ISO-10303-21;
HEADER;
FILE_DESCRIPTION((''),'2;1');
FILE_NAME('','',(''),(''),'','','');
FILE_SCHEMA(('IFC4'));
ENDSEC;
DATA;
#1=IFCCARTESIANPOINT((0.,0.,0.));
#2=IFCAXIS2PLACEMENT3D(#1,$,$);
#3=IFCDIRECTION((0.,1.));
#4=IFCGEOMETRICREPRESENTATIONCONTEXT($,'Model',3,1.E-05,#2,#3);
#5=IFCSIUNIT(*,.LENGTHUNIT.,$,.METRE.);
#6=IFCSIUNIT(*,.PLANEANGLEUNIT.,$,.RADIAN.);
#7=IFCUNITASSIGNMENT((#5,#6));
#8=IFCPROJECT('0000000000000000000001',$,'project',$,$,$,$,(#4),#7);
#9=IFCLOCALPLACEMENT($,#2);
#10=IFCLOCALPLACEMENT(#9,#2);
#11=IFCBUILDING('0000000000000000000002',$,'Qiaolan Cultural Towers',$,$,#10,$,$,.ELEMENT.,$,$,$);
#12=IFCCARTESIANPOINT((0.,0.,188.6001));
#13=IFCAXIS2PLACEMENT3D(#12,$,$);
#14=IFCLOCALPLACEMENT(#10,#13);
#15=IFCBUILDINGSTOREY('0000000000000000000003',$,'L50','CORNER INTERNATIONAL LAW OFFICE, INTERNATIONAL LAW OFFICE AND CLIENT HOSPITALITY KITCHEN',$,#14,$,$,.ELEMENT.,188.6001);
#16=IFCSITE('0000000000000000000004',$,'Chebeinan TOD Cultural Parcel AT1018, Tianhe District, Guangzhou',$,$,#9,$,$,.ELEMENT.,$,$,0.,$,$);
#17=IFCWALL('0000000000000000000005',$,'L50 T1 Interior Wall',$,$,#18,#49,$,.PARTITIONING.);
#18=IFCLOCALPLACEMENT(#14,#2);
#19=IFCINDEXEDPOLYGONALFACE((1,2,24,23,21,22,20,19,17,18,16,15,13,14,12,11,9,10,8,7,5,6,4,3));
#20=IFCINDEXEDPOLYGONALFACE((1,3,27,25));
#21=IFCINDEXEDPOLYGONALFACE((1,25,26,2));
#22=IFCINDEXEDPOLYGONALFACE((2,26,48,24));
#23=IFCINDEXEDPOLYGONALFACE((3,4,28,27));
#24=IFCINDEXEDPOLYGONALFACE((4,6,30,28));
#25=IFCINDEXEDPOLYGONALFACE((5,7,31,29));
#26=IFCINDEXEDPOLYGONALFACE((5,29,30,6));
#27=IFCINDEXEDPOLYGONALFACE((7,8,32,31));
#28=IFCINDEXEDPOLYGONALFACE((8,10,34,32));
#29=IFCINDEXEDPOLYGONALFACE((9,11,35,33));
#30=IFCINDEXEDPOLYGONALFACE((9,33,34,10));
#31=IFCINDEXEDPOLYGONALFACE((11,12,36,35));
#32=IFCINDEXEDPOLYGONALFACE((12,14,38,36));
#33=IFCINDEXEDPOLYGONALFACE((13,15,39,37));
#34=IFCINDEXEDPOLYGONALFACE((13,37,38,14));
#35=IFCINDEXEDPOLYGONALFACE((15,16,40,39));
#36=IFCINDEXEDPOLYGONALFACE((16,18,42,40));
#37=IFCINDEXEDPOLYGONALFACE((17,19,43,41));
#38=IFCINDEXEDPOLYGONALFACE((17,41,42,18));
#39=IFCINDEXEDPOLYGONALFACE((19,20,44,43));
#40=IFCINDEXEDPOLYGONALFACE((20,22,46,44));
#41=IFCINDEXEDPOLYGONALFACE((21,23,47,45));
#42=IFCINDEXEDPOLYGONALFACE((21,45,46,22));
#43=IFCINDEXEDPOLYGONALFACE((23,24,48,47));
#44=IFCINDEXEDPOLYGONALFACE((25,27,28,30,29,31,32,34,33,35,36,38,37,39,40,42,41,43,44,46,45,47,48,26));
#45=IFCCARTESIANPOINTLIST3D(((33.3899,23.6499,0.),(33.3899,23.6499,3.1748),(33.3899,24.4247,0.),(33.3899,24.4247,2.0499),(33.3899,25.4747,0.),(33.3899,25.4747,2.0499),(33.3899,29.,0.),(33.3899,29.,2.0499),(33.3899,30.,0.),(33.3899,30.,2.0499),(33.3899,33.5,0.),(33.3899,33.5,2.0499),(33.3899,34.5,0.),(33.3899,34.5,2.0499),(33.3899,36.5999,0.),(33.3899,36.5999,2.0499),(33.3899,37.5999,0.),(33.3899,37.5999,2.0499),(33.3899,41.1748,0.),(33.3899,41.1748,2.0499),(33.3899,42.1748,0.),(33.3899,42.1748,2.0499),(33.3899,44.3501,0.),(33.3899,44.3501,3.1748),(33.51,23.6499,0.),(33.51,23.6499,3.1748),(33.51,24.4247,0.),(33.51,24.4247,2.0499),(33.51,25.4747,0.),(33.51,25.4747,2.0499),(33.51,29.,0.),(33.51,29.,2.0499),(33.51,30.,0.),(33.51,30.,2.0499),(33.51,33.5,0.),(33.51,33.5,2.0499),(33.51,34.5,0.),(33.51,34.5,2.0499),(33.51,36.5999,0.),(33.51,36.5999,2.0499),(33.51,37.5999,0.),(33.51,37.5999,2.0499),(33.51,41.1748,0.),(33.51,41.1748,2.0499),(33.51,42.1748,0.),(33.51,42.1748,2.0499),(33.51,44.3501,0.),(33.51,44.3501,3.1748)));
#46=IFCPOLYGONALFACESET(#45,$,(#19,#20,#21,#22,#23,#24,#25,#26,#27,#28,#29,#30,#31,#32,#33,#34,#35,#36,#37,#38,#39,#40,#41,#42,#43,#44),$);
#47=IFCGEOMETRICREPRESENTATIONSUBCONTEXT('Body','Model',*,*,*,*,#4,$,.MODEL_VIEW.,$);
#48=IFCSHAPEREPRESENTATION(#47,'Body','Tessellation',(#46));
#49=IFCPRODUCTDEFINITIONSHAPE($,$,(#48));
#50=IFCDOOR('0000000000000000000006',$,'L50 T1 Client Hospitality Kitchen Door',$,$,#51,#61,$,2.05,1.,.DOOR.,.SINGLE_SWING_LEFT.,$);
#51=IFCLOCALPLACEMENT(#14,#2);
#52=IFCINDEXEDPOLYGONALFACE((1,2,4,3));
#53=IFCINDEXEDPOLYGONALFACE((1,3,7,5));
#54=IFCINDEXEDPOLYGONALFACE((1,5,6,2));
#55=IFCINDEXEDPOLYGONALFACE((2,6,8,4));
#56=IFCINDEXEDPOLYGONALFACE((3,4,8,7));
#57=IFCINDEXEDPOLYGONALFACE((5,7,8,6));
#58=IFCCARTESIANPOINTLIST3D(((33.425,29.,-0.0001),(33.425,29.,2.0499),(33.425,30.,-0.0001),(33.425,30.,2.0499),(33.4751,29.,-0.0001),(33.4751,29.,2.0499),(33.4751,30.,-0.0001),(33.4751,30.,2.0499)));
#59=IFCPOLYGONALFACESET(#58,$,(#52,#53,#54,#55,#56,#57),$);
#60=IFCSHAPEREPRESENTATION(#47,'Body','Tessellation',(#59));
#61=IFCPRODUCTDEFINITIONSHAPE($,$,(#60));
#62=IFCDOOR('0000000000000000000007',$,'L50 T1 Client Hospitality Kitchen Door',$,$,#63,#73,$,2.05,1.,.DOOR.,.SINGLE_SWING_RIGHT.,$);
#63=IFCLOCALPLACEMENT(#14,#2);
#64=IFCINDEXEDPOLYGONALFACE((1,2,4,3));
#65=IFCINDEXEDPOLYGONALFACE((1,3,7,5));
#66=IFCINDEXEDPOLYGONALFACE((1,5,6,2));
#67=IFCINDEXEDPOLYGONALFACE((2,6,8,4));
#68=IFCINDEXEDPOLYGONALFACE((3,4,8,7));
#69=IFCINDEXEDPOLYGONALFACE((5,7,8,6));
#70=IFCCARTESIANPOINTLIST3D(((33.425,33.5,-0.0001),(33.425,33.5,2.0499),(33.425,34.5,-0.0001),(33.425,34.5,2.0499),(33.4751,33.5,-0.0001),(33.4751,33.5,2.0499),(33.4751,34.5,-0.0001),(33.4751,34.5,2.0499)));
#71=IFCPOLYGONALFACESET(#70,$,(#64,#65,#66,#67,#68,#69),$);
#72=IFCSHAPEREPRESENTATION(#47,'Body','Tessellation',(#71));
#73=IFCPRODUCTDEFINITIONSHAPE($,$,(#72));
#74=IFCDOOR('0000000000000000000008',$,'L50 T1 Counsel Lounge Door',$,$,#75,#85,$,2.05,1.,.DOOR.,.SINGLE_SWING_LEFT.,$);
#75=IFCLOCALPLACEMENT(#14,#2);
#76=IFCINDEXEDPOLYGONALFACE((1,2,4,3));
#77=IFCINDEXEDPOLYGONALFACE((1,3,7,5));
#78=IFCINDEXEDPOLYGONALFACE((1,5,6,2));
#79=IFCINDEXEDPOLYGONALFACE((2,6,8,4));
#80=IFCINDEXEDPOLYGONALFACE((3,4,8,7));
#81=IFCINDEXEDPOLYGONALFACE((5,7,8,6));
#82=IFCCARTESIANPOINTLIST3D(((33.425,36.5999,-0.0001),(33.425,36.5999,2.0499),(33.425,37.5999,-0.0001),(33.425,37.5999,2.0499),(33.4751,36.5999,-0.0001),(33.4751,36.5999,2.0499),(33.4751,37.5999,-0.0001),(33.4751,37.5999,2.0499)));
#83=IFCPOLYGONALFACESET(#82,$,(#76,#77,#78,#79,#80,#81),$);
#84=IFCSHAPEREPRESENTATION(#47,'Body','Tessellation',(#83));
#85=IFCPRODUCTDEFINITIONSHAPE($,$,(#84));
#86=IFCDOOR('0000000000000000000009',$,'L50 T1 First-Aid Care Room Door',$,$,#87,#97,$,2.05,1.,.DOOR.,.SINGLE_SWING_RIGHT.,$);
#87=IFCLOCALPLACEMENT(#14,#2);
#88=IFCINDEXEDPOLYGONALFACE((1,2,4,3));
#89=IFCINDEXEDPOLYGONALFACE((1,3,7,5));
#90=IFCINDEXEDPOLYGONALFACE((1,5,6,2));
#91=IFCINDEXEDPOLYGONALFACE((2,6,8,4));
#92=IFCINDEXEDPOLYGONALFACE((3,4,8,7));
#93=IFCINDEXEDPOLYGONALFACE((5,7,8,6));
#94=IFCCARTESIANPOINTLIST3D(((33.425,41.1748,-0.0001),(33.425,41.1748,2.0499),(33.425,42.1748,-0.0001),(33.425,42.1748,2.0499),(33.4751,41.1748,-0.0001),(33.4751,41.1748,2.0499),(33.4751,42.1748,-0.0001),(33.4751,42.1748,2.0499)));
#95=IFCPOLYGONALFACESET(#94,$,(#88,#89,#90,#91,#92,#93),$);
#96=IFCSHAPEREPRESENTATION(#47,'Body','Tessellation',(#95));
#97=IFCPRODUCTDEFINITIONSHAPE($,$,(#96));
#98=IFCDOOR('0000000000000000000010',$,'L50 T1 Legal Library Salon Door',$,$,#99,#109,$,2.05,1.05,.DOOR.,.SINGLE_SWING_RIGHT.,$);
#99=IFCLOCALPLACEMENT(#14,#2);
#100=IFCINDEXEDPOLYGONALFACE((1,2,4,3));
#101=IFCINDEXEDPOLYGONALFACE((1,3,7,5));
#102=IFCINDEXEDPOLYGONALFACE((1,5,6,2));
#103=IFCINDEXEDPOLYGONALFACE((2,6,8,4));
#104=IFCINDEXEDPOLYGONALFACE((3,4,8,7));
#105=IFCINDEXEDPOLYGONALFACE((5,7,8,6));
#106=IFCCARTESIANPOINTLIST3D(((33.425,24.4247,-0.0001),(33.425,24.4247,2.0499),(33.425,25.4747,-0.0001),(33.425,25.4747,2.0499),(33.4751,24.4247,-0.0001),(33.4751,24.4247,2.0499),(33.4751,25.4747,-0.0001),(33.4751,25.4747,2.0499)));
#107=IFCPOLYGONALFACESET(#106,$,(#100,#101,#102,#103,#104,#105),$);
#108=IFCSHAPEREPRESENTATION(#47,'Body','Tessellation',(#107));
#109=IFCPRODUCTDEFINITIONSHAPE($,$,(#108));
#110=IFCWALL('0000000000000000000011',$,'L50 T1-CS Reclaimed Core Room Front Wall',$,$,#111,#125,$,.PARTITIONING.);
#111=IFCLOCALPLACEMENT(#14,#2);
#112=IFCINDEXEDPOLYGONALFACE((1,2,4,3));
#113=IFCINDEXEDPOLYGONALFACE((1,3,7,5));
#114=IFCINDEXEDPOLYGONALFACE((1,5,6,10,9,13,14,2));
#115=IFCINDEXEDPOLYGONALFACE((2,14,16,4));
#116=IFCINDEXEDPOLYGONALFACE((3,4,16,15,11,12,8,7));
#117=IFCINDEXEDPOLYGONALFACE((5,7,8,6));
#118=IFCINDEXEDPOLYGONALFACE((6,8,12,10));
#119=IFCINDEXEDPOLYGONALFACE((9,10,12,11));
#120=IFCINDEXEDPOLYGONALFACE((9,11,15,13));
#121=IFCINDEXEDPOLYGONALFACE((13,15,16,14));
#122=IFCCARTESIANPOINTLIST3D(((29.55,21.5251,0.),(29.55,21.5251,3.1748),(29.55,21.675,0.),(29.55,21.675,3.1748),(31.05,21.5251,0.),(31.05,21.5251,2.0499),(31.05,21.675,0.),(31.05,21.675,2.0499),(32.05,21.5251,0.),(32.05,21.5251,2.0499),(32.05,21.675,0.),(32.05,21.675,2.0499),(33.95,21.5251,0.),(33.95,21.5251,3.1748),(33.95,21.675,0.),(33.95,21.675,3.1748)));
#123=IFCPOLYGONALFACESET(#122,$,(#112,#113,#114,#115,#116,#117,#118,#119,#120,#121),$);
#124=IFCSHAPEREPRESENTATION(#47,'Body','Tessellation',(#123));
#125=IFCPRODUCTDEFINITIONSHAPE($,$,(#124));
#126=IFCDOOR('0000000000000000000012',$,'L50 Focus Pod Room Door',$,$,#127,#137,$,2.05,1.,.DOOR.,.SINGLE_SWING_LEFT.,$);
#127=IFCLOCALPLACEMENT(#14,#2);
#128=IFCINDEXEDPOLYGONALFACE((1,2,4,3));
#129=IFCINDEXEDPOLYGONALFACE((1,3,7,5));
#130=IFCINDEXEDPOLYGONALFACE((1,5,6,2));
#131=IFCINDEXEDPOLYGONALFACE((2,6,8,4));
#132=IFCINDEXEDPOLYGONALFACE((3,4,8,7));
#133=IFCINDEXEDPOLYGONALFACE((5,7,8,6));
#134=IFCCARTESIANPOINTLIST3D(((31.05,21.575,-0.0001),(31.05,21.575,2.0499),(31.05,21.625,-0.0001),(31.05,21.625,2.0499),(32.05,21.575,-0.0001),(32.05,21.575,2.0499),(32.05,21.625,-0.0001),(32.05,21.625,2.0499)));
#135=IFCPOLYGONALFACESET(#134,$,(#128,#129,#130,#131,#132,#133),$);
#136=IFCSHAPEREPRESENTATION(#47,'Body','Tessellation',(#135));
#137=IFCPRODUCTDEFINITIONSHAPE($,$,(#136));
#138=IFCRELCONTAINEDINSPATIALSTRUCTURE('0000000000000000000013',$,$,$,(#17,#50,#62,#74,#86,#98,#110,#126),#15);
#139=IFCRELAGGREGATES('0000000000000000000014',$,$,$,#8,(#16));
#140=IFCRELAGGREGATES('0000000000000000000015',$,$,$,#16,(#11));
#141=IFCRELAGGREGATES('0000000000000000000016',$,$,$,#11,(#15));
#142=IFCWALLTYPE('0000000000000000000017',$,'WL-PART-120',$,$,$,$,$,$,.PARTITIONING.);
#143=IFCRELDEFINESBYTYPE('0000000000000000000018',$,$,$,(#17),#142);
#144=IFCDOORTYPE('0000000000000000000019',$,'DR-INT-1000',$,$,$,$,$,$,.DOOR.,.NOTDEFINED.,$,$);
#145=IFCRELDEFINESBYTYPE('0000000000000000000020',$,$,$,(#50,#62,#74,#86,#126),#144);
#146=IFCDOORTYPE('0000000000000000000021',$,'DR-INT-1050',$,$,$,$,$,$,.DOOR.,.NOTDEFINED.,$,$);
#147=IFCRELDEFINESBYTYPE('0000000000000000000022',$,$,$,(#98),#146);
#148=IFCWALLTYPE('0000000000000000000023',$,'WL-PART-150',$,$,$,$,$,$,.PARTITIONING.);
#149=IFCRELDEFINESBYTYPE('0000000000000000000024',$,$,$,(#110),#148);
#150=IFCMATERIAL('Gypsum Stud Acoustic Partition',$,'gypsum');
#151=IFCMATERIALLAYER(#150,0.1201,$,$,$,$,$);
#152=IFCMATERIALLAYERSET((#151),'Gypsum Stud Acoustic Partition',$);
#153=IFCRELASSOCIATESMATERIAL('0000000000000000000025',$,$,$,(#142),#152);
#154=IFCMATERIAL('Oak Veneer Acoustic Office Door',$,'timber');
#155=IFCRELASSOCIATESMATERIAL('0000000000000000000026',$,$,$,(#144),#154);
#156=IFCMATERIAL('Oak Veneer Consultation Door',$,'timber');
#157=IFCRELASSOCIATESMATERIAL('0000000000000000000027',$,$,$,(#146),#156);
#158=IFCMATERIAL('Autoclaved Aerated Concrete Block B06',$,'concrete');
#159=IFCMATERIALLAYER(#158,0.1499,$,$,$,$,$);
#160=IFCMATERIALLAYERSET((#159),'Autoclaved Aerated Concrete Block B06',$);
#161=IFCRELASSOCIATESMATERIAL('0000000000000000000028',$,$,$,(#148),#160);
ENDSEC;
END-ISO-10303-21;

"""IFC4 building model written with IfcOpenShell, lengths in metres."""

from ifc_helpers import new_model, si_unit, direction, frame, frame_2d, origin, place, context, subcontext, project, spatial, rectangle, extrude, material, layer, layer_set, type_object, element, fill, save


model = new_model("IFC4")

# Units and contexts
model_context = context("Model", 3, precision=1e-05, world=origin(), true_north=direction((0.0, 1.0)))
body_context = subcontext(model_context, "Body", "Model", "MODEL_VIEW")
ifc_project = project(units=[si_unit("LENGTHUNIT", "METRE"), si_unit("PLANEANGLEUNIT", "RADIAN")], contexts=[model_context])

# Site, building, storey
site_placement = place(None, origin())
site = spatial("IfcSite", under=ifc_project, at=site_placement, Name="Chebeinan TOD Cultural Parcel AT1018, Tianhe District, Guangzhou", CompositionType="ELEMENT", RefElevation=0.0)
building_placement = place(site_placement, origin())
building = spatial("IfcBuilding", under=site, at=building_placement, Name="Qiaolan Cultural Towers", CompositionType="ELEMENT")
storey_placement = place(building_placement, frame((0.0, 0.0, 188.6001)))
storey = spatial("IfcBuildingStorey", under=building, at=storey_placement, Name="L50", Description="CORNER INTERNATIONAL LAW OFFICE, INTERNATIONAL LAW OFFICE AND CLIENT HOSPITALITY KITCHEN", CompositionType="ELEMENT", Elevation=188.6001)

# Shared definitions
ifc_material_1 = material(Name="Gypsum Stud Acoustic Partition", Category="gypsum")
ifc_layer_1 = layer(ifc_material_1, 0.1201)
ifc_layer_set_1 = layer_set([ifc_layer_1], Name="Gypsum Stud Acoustic Partition")
wall_type_1 = type_object("IfcWallType", Name="WL-PART-120", PredefinedType="PARTITIONING", material=ifc_layer_set_1)

# Wall, openings, doors
wall_1_placement = place(storey_placement, frame((33.45, 23.6499, 0.0), z_axis=(0.0, 0.0, 1.0), x_axis=(0.0, 1.0, 0.0)))
wall_1 = element("IfcWall", 1, at=wall_1_placement, inside=storey, type_object=wall_type_1, Name="L50 T1 Interior Wall", PredefinedType="PARTITIONING", context=body_context, shape_type="SweptSolid", body=[
    extrude(rectangle(XDim=20.7002, YDim=0.1201, at=frame_2d((10.3501, 0.0))), origin(), (0.0, 0.0, 1.0), 3.1748),
])
opening_1_placement = place(wall_1_placement, frame((0.7749, 0.0, 0.0)))
opening_1 = element("IfcOpeningElement", 2, at=opening_1_placement, cuts=wall_1, PredefinedType="OPENING", context=body_context, shape_type="SweptSolid", body=[
    extrude(rectangle(XDim=1.05, YDim=2.05, at=frame_2d((0.5249, 1.0249))), frame((0.0, 0.0701, 0.0), z_axis=(0.0, -1.0, 0.0), x_axis=(1.0, 0.0, 0.0)), (0.0, 0.0, 1.0), 0.1401),
])
opening_2_placement = place(wall_1_placement, frame((5.3501, 0.0, 0.0)))
opening_2 = element("IfcOpeningElement", 3, at=opening_2_placement, cuts=wall_1, PredefinedType="OPENING", context=body_context, shape_type="SweptSolid", body=[
    extrude(rectangle(XDim=1.0, YDim=2.05, at=frame_2d((0.5, 1.0249))), frame((0.0, 0.0701, 0.0), z_axis=(0.0, -1.0, 0.0), x_axis=(1.0, 0.0, 0.0)), (0.0, 0.0, 1.0), 0.1401),
])
opening_3_placement = place(wall_1_placement, frame((9.8501, 0.0, 0.0)))
opening_3 = element("IfcOpeningElement", 4, at=opening_3_placement, cuts=wall_1, PredefinedType="OPENING", context=body_context, shape_type="SweptSolid", body=[
    extrude(rectangle(XDim=1.0, YDim=2.05, at=frame_2d((0.5, 1.0249))), frame((0.0, 0.0701, 0.0), z_axis=(0.0, -1.0, 0.0), x_axis=(1.0, 0.0, 0.0)), (0.0, 0.0, 1.0), 0.1401),
])
opening_4_placement = place(wall_1_placement, frame((12.95, 0.0, 0.0)))
opening_4 = element("IfcOpeningElement", 5, at=opening_4_placement, cuts=wall_1, PredefinedType="OPENING", context=body_context, shape_type="SweptSolid", body=[
    extrude(rectangle(XDim=1.0, YDim=2.05, at=frame_2d((0.5, 1.0249))), frame((0.0, 0.0701, 0.0), z_axis=(0.0, -1.0, 0.0), x_axis=(1.0, 0.0, 0.0)), (0.0, 0.0, 1.0), 0.1401),
])
opening_5_placement = place(wall_1_placement, frame((17.5249, 0.0, 0.0)))
opening_5 = element("IfcOpeningElement", 6, at=opening_5_placement, cuts=wall_1, PredefinedType="OPENING", context=body_context, shape_type="SweptSolid", body=[
    extrude(rectangle(XDim=1.0, YDim=2.05, at=frame_2d((0.5, 1.0249))), frame((0.0, 0.0701, 0.0), z_axis=(0.0, -1.0, 0.0), x_axis=(1.0, 0.0, 0.0)), (0.0, 0.0, 1.0), 0.1401),
])
ifc_material_2 = material(Name="Oak Veneer Acoustic Office Door", Category="timber")
door_type_1 = type_object("IfcDoorType", Name="DR-INT-1000", OperationType="NOTDEFINED", PredefinedType="DOOR", material=ifc_material_2)
door_1_placement = place(opening_2_placement, origin())
door_1 = element("IfcDoor", 7, at=door_1_placement, inside=storey, type_object=door_type_1, Name="L50 T1 Client Hospitality Kitchen Door", OperationType="SINGLE_SWING_LEFT", OverallHeight=2.05, OverallWidth=1.0, PredefinedType="DOOR", context=body_context, shape_type="SweptSolid", body=[
    extrude(rectangle(XDim=1.0, YDim=2.05, at=frame_2d((0.5, 1.0249))), frame((0.0, 0.0249, 0.0), z_axis=(0.0, -1.0, 0.0), x_axis=(1.0, 0.0, 0.0)), (0.0, 0.0, 1.0), 0.05),
])
fill(opening_2, door_1)
door_2_placement = place(opening_3_placement, origin())
door_2 = element("IfcDoor", 8, at=door_2_placement, inside=storey, type_object=door_type_1, Name="L50 T1 Client Hospitality Kitchen Door", OperationType="SINGLE_SWING_RIGHT", OverallHeight=2.05, OverallWidth=1.0, PredefinedType="DOOR", context=body_context, shape_type="SweptSolid", body=[
    extrude(rectangle(XDim=1.0, YDim=2.05, at=frame_2d((0.5, 1.0249))), frame((0.0, 0.0249, 0.0), z_axis=(0.0, -1.0, 0.0), x_axis=(1.0, 0.0, 0.0)), (0.0, 0.0, 1.0), 0.05),
])
fill(opening_3, door_2)
door_3_placement = place(opening_4_placement, origin())
door_3 = element("IfcDoor", 9, at=door_3_placement, inside=storey, type_object=door_type_1, Name="L50 T1 Counsel Lounge Door", OperationType="SINGLE_SWING_LEFT", OverallHeight=2.05, OverallWidth=1.0, PredefinedType="DOOR", context=body_context, shape_type="SweptSolid", body=[
    extrude(rectangle(XDim=1.0, YDim=2.05, at=frame_2d((0.5, 1.0249))), frame((0.0, 0.0249, 0.0), z_axis=(0.0, -1.0, 0.0), x_axis=(1.0, 0.0, 0.0)), (0.0, 0.0, 1.0), 0.05),
])
fill(opening_4, door_3)
door_4_placement = place(opening_5_placement, origin())
door_4 = element("IfcDoor", 10, at=door_4_placement, inside=storey, type_object=door_type_1, Name="L50 T1 First-Aid Care Room Door", OperationType="SINGLE_SWING_RIGHT", OverallHeight=2.05, OverallWidth=1.0, PredefinedType="DOOR", context=body_context, shape_type="SweptSolid", body=[
    extrude(rectangle(XDim=1.0, YDim=2.05, at=frame_2d((0.5, 1.0249))), frame((0.0, 0.0249, 0.0), z_axis=(0.0, -1.0, 0.0), x_axis=(1.0, 0.0, 0.0)), (0.0, 0.0, 1.0), 0.05),
])
fill(opening_5, door_4)
ifc_material_3 = material(Name="Oak Veneer Consultation Door", Category="timber")
door_type_2 = type_object("IfcDoorType", Name="DR-INT-1050", OperationType="NOTDEFINED", PredefinedType="DOOR", material=ifc_material_3)
door_5_placement = place(opening_1_placement, origin())
door_5 = element("IfcDoor", 11, at=door_5_placement, inside=storey, type_object=door_type_2, Name="L50 T1 Legal Library Salon Door", OperationType="SINGLE_SWING_RIGHT", OverallHeight=2.05, OverallWidth=1.05, PredefinedType="DOOR", context=body_context, shape_type="SweptSolid", body=[
    extrude(rectangle(XDim=1.05, YDim=2.05, at=frame_2d((0.5249, 1.0249))), frame((0.0, 0.0249, 0.0), z_axis=(0.0, -1.0, 0.0), x_axis=(1.0, 0.0, 0.0)), (0.0, 0.0, 1.0), 0.05),
])
fill(opening_1, door_5)

# Wall, opening, door
ifc_material_4 = material(Name="Autoclaved Aerated Concrete Block B06", Category="concrete")
ifc_layer_2 = layer(ifc_material_4, 0.1499)
ifc_layer_set_2 = layer_set([ifc_layer_2], Name="Autoclaved Aerated Concrete Block B06")
wall_type_2 = type_object("IfcWallType", Name="WL-PART-150", PredefinedType="PARTITIONING", material=ifc_layer_set_2)
wall_2_placement = place(storey_placement, frame((29.55, 21.6001, 0.0), z_axis=(0.0, 0.0, 1.0), x_axis=(1.0, 0.0, 0.0)))
wall_2 = element("IfcWall", 12, at=wall_2_placement, inside=storey, type_object=wall_type_2, Name="L50 T1-CS Reclaimed Core Room Front Wall", PredefinedType="PARTITIONING", context=body_context, shape_type="SweptSolid", body=[
    extrude(rectangle(XDim=4.3999, YDim=0.1499, at=frame_2d((2.2, 0.0))), origin(), (0.0, 0.0, 1.0), 3.1748),
])
opening_6_placement = place(wall_2_placement, frame((1.5, 0.0, 0.0)))
opening_6 = element("IfcOpeningElement", 13, at=opening_6_placement, cuts=wall_2, PredefinedType="OPENING", context=body_context, shape_type="SweptSolid", body=[
    extrude(rectangle(XDim=1.0, YDim=2.05, at=frame_2d((0.5, 1.0249))), frame((0.0, 0.085, 0.0), z_axis=(0.0, -1.0, 0.0), x_axis=(1.0, 0.0, 0.0)), (0.0, 0.0, 1.0), 0.1699),
])
door_6_placement = place(opening_6_placement, origin())
door_6 = element("IfcDoor", 14, at=door_6_placement, inside=storey, type_object=door_type_1, Name="L50 Focus Pod Room Door", OperationType="SINGLE_SWING_LEFT", OverallHeight=2.05, OverallWidth=1.0, PredefinedType="DOOR", context=body_context, shape_type="SweptSolid", body=[
    extrude(rectangle(XDim=1.0, YDim=2.05, at=frame_2d((0.5, 1.0249))), frame((0.0, 0.0249, 0.0), z_axis=(0.0, -1.0, 0.0), x_axis=(1.0, 0.0, 0.0)), (0.0, 0.0, 1.0), 0.05),
])
fill(opening_6, door_6)

save(model, "model.ifc")
